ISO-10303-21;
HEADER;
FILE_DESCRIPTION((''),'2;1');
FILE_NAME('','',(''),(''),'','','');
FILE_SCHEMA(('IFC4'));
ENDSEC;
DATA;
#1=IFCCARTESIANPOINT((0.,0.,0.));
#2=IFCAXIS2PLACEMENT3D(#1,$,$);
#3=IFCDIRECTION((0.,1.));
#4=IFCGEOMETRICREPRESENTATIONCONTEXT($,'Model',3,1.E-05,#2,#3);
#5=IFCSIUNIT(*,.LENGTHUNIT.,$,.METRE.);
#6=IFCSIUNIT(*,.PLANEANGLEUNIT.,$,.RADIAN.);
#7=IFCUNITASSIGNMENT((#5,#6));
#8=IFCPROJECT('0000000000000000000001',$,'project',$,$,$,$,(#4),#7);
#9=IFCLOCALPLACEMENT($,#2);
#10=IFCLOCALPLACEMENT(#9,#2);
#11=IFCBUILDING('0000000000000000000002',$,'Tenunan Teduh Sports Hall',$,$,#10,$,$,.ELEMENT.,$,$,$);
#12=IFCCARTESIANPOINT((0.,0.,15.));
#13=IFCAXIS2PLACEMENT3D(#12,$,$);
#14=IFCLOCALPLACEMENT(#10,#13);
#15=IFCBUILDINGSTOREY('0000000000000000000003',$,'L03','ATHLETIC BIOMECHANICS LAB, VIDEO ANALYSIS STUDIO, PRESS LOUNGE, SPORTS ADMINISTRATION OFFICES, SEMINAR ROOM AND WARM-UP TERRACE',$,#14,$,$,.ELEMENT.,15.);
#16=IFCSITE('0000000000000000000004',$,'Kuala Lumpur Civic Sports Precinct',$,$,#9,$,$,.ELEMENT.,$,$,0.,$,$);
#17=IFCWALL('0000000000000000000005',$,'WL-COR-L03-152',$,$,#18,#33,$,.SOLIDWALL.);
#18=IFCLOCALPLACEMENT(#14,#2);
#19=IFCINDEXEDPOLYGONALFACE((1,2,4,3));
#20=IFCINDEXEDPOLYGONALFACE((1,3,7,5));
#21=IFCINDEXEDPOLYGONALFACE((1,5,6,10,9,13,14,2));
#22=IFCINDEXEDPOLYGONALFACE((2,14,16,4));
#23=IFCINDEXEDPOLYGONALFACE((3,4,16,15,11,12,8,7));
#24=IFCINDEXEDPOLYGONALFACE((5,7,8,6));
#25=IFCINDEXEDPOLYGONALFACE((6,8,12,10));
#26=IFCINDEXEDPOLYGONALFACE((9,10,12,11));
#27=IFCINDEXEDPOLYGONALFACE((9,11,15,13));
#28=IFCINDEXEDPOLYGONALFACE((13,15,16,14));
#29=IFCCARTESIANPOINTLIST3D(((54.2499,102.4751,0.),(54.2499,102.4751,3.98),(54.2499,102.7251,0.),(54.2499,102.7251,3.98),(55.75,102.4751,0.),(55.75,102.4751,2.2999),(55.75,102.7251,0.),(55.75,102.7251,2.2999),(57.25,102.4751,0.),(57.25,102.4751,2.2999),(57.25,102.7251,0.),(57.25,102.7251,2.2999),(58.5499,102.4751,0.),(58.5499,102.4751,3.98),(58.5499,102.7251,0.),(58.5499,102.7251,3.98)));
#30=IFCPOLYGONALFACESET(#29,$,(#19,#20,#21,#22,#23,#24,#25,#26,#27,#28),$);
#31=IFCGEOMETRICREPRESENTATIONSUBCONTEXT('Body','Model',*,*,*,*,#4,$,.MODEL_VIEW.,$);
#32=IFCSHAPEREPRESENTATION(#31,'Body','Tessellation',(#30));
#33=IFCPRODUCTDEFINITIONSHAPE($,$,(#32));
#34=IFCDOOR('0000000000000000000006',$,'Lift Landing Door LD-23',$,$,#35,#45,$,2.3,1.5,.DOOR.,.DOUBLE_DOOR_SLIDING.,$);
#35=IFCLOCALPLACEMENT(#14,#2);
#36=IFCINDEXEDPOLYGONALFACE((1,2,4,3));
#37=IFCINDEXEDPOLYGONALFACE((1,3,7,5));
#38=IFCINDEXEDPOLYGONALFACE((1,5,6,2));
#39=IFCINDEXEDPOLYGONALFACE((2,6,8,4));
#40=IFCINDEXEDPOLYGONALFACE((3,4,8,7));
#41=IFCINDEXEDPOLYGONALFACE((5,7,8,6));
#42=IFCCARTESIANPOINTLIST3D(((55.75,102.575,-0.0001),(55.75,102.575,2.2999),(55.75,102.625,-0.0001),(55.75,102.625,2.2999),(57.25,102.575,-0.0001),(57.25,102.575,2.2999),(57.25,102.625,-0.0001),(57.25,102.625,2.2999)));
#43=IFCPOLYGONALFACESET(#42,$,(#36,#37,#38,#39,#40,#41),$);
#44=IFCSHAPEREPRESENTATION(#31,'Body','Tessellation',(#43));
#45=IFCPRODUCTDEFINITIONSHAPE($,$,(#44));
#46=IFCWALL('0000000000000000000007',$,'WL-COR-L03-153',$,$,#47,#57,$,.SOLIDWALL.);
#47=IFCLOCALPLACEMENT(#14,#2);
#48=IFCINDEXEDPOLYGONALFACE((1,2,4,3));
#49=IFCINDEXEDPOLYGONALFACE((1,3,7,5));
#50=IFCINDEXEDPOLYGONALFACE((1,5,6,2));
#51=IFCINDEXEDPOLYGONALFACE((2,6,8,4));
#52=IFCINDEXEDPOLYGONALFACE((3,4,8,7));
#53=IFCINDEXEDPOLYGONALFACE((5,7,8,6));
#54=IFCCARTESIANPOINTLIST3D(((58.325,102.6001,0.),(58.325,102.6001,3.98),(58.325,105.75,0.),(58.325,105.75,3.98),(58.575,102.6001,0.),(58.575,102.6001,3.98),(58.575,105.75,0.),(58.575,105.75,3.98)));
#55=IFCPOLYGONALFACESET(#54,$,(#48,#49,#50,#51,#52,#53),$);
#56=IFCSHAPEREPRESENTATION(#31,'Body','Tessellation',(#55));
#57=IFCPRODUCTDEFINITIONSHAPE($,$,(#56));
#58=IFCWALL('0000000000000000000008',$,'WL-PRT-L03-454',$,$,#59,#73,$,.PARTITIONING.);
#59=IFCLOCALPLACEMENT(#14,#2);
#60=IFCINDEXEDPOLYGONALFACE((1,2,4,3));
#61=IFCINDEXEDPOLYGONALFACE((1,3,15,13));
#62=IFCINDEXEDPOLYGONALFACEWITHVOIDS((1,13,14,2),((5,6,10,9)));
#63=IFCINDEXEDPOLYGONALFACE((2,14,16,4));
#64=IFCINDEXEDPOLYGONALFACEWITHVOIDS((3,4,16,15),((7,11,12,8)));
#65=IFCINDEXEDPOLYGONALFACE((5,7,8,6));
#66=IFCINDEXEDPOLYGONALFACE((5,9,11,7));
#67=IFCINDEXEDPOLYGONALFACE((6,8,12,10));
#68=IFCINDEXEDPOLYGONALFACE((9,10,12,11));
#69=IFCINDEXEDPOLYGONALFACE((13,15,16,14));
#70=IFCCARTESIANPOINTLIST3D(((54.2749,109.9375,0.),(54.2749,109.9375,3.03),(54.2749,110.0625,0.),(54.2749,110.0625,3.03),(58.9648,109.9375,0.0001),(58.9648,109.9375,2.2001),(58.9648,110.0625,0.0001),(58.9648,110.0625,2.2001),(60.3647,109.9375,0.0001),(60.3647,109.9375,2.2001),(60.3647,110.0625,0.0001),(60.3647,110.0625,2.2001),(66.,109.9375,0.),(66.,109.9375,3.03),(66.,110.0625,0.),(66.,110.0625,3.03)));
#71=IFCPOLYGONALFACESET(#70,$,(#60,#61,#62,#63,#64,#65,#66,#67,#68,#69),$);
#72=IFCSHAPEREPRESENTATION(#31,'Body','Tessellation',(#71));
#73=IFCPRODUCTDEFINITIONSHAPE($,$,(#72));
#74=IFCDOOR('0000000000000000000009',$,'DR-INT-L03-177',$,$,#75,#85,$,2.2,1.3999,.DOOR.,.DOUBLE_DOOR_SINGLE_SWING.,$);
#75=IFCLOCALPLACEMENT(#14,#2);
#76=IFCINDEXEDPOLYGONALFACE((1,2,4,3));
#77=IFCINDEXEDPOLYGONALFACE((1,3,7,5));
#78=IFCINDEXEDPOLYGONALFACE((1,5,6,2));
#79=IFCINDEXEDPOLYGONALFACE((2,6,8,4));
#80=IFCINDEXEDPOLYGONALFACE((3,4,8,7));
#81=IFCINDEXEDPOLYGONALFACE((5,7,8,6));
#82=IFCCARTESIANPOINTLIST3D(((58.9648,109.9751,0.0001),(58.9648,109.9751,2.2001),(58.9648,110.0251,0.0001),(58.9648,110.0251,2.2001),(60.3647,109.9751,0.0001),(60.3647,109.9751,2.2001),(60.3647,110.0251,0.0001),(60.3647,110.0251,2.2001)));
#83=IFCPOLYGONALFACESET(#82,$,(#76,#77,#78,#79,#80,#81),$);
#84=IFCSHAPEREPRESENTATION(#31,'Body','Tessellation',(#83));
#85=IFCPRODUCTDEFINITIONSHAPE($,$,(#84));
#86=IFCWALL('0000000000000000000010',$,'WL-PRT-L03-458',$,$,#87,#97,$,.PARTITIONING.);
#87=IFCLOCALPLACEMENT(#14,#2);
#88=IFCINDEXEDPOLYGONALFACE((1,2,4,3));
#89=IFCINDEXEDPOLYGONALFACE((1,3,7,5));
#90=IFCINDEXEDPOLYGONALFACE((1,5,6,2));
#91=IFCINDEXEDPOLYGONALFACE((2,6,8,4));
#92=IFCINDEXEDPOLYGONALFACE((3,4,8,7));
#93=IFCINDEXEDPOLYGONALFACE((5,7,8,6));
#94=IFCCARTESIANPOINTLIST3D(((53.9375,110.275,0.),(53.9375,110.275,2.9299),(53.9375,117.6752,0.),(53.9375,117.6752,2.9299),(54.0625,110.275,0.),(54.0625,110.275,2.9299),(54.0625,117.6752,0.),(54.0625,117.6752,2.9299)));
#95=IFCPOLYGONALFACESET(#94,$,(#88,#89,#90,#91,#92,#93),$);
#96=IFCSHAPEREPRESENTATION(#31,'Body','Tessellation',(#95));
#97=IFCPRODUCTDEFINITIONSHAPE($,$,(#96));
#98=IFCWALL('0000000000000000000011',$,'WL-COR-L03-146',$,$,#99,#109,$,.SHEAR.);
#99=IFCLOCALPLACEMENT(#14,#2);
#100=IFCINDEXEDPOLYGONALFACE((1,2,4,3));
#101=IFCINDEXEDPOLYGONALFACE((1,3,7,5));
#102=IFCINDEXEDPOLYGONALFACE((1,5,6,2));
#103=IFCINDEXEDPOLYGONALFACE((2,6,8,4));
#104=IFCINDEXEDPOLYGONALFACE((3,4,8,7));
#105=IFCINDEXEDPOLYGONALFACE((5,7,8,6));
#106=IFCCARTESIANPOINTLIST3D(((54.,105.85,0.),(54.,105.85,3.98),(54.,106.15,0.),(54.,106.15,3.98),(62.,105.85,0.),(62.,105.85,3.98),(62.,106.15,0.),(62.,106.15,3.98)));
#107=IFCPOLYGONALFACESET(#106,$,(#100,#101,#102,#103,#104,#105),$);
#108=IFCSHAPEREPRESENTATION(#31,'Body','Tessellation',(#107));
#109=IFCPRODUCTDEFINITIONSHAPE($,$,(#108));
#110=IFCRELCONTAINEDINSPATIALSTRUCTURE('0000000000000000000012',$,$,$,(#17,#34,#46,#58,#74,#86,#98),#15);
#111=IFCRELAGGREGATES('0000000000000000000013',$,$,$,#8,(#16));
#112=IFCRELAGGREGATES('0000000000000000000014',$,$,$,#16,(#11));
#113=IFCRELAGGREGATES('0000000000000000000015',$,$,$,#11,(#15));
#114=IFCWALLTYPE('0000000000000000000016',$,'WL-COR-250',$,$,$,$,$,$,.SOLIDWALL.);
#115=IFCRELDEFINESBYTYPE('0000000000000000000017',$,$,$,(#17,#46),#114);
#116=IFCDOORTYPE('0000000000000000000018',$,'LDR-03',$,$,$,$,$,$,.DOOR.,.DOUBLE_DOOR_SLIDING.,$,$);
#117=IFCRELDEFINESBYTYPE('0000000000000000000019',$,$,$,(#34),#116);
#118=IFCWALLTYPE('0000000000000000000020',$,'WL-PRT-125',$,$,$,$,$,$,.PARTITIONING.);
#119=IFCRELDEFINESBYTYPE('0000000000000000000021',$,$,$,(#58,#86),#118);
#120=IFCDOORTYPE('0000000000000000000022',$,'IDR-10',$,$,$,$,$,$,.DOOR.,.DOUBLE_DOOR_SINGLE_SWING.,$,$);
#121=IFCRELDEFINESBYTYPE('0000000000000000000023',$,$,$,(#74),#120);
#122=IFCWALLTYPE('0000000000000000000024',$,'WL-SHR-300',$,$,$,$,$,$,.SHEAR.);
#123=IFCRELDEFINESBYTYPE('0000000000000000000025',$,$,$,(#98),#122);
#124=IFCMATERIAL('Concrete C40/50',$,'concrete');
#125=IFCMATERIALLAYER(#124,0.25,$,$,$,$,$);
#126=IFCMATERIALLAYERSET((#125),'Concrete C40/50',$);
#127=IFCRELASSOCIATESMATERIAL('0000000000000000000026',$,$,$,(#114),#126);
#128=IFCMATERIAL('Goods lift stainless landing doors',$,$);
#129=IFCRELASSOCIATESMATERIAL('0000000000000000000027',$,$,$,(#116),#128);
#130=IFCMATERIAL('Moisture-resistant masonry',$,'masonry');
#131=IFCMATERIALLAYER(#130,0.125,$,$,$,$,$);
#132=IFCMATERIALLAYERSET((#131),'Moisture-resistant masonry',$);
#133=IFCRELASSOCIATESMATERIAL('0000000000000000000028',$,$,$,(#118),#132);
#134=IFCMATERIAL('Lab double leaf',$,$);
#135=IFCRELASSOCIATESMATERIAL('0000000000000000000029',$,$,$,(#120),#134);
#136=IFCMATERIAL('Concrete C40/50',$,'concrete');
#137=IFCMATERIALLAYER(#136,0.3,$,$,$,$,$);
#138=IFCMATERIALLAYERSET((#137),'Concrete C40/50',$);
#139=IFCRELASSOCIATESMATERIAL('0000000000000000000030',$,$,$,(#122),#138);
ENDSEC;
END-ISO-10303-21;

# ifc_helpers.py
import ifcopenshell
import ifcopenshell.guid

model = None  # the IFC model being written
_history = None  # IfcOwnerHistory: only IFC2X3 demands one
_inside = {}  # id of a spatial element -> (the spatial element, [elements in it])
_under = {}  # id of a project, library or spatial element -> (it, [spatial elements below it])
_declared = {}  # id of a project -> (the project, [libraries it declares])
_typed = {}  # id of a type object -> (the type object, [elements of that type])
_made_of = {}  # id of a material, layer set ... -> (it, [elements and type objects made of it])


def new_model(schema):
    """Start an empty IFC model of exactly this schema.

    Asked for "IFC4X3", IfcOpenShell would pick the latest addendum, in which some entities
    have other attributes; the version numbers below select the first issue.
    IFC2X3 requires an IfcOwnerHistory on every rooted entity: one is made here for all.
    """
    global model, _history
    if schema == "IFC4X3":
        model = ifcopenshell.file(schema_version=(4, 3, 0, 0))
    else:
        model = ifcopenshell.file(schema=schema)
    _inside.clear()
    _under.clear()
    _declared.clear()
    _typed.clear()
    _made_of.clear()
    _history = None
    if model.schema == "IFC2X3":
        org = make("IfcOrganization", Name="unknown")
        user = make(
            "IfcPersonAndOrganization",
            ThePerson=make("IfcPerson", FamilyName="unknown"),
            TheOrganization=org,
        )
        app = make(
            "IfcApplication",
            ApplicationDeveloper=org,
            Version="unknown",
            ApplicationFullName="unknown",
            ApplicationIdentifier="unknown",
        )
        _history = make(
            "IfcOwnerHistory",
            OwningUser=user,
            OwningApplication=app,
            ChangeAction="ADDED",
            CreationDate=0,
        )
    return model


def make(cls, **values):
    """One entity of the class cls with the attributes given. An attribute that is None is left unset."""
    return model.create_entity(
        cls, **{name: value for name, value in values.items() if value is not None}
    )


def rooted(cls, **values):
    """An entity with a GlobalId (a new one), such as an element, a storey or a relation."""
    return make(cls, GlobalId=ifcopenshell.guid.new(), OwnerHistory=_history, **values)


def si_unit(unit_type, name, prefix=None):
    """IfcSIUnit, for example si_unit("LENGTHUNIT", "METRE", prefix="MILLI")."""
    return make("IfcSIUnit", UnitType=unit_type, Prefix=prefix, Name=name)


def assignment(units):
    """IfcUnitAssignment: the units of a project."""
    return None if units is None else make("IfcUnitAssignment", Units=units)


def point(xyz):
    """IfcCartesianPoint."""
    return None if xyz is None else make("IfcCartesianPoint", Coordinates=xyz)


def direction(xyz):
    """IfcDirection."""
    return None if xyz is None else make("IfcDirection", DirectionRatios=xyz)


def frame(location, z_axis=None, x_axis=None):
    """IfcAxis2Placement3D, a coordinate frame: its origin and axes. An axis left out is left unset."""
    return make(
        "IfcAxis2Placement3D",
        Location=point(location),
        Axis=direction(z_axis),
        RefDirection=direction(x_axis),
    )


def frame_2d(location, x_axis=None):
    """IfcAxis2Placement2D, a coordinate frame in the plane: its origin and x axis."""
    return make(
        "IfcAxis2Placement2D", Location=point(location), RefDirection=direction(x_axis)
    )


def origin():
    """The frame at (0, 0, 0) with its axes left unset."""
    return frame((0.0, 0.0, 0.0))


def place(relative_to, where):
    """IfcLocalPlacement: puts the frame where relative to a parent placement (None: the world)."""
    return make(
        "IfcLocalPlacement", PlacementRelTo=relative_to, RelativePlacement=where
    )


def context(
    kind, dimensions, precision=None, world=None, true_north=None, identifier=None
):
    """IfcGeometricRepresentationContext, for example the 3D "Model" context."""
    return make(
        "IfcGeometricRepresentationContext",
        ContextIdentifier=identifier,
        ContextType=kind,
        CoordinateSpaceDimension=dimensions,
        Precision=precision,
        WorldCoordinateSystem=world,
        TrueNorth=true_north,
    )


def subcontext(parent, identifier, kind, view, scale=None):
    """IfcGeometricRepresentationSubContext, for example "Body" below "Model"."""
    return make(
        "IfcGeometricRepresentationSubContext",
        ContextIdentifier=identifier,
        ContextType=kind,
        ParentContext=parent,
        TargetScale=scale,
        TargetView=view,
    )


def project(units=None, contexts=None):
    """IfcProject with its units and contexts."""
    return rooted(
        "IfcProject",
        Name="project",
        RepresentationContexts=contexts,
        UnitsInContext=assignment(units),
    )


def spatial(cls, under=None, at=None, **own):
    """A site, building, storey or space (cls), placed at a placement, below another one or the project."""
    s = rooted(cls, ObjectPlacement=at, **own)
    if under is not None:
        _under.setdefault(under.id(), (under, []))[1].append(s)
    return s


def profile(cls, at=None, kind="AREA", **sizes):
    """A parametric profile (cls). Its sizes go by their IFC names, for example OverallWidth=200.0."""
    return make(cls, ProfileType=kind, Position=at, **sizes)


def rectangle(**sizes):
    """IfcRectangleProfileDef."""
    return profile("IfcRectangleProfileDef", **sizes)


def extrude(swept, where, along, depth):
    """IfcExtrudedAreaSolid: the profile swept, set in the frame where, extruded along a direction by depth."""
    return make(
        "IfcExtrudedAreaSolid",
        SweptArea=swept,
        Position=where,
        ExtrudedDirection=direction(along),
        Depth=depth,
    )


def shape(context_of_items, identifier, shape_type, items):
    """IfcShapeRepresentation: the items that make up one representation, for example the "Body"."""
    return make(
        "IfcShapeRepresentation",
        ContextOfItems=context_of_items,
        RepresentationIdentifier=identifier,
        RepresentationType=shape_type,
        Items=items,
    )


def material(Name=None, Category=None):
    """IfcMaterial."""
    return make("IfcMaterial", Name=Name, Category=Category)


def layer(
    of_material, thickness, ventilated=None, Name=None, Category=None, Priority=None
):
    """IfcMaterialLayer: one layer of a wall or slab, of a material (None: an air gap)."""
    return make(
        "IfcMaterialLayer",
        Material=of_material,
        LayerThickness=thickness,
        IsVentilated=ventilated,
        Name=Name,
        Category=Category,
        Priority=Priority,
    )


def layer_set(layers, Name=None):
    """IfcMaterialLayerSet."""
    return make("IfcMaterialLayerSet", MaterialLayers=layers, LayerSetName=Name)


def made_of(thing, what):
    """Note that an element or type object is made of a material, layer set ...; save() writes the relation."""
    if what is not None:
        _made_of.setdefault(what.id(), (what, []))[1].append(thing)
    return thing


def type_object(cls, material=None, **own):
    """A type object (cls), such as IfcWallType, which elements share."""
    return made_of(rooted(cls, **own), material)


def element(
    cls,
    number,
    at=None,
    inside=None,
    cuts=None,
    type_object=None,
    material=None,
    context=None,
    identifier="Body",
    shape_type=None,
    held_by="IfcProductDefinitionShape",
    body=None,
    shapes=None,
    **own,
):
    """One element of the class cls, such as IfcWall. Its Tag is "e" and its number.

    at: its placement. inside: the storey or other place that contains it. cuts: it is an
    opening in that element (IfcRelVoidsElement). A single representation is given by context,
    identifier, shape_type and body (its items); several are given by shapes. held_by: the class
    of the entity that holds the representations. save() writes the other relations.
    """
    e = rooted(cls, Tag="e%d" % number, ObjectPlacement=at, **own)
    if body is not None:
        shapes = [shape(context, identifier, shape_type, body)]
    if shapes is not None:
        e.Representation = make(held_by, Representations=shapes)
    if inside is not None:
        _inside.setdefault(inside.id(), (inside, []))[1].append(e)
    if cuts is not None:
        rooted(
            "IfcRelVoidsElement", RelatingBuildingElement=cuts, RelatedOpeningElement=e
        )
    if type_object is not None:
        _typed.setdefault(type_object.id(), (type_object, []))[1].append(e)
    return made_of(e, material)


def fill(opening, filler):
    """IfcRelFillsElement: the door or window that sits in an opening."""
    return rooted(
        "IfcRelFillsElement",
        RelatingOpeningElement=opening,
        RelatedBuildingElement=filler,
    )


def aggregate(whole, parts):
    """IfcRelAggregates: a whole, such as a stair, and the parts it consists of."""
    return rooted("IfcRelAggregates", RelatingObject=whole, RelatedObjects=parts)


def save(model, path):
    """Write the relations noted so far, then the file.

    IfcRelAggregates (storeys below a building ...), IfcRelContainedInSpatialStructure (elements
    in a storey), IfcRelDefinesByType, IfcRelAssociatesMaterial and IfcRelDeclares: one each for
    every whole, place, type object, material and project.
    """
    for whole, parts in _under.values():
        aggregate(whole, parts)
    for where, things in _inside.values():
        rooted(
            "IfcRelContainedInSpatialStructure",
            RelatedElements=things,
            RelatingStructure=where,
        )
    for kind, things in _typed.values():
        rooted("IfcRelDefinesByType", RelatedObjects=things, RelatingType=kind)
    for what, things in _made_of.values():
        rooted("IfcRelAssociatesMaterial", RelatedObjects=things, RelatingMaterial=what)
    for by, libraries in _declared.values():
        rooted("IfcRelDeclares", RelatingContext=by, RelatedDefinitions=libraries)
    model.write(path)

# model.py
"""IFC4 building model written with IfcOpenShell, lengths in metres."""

from ifc_helpers import new_model, si_unit, direction, frame, frame_2d, origin, place, context, subcontext, project, spatial, rectangle, extrude, material, layer, layer_set, type_object, element, fill, save


model = new_model("IFC4")

# Units and contexts
model_context = context("Model", 3, precision=1e-05, world=origin(), true_north=direction((0.0, 1.0)))
body_context = subcontext(model_context, "Body", "Model", "MODEL_VIEW")
ifc_project = project(units=[si_unit("LENGTHUNIT", "METRE"), si_unit("PLANEANGLEUNIT", "RADIAN")], contexts=[model_context])

# Site, building, storey
site_placement = place(None, origin())
site = spatial("IfcSite", under=ifc_project, at=site_placement, Name="Kuala Lumpur Civic Sports Precinct", CompositionType="ELEMENT", RefElevation=0.0)
building_placement = place(site_placement, origin())
building = spatial("IfcBuilding", under=site, at=building_placement, Name="Tenunan Teduh Sports Hall", CompositionType="ELEMENT")
storey_placement = place(building_placement, frame((0.0, 0.0, 15.0)))
storey = spatial("IfcBuildingStorey", under=building, at=storey_placement, Name="L03", Description="ATHLETIC BIOMECHANICS LAB, VIDEO ANALYSIS STUDIO, PRESS LOUNGE, SPORTS ADMINISTRATION OFFICES, SEMINAR ROOM AND WARM-UP TERRACE", CompositionType="ELEMENT", Elevation=15.0)

# Wall, opening, door
ifc_material_1 = material(Name="Concrete C40/50", Category="concrete")
ifc_layer_1 = layer(ifc_material_1, 0.25)
ifc_layer_set_1 = layer_set([ifc_layer_1], Name="Concrete C40/50")
wall_type_1 = type_object("IfcWallType", Name="WL-COR-250", PredefinedType="SOLIDWALL", material=ifc_layer_set_1)
wall_1_placement = place(storey_placement, frame((54.25, 102.6001, 0.0), z_axis=(0.0, 0.0, 1.0), x_axis=(1.0, 0.0, 0.0)))
wall_1 = element("IfcWall", 1, at=wall_1_placement, inside=storey, type_object=wall_type_1, Name="WL-COR-L03-152", PredefinedType="SOLIDWALL", context=body_context, shape_type="SweptSolid", body=[
    extrude(rectangle(XDim=4.3, YDim=0.25, at=frame_2d((2.1499, 0.0))), origin(), (0.0, 0.0, 1.0), 3.98),
])
opening_1_placement = place(wall_1_placement, frame((1.5, 0.0, 0.0)))
opening_1 = element("IfcOpeningElement", 2, at=opening_1_placement, cuts=wall_1, PredefinedType="OPENING", context=body_context, shape_type="SweptSolid", body=[
    extrude(rectangle(XDim=1.5, YDim=2.3, at=frame_2d((0.75, 1.1499))), frame((0.0, 0.135, 0.0), z_axis=(0.0, -1.0, 0.0), x_axis=(1.0, 0.0, 0.0)), (0.0, 0.0, 1.0), 0.27),
])
ifc_material_2 = material(Name="Goods lift stainless landing doors")
door_type_1 = type_object("IfcDoorType", Name="LDR-03", OperationType="DOUBLE_DOOR_SLIDING", PredefinedType="DOOR", material=ifc_material_2)
door_1_placement = place(opening_1_placement, origin())
door_1 = element("IfcDoor", 3, at=door_1_placement, inside=storey, type_object=door_type_1, Name="Lift Landing Door LD-23", OperationType="DOUBLE_DOOR_SLIDING", OverallHeight=2.3, OverallWidth=1.5, PredefinedType="DOOR", context=body_context, shape_type="SweptSolid", body=[
    extrude(rectangle(XDim=1.5, YDim=2.3, at=frame_2d((0.75, 1.1499))), frame((0.0, 0.0249, 0.0), z_axis=(0.0, -1.0, 0.0), x_axis=(1.0, 0.0, 0.0)), (0.0, 0.0, 1.0), 0.05),
])
fill(opening_1, door_1)

# Wall
wall_2_placement = place(storey_placement, frame((58.45, 102.6001, 0.0), z_axis=(0.0, 0.0, 1.0), x_axis=(0.0, 1.0, 0.0)))
element("IfcWall", 4, at=wall_2_placement, inside=storey, type_object=wall_type_1, Name="WL-COR-L03-153", PredefinedType="SOLIDWALL", context=body_context, shape_type="SweptSolid", body=[
    extrude(rectangle(XDim=3.1499, YDim=0.25, at=frame_2d((1.575, 0.0))), origin(), (0.0, 0.0, 1.0), 3.98),
])

# Wall, opening, door
ifc_material_3 = material(Name="Moisture-resistant masonry", Category="masonry")
ifc_layer_2 = layer(ifc_material_3, 0.125)
ifc_layer_set_2 = layer_set([ifc_layer_2], Name="Moisture-resistant masonry")
wall_type_2 = type_object("IfcWallType", Name="WL-PRT-125", PredefinedType="PARTITIONING", material=ifc_layer_set_2)
wall_3_placement = place(storey_placement, frame((54.2749, 110.0, 0.0), z_axis=(0.0, 0.0, 1.0), x_axis=(1.0, 0.0, 0.0)))
wall_3 = element("IfcWall", 5, at=wall_3_placement, inside=storey, type_object=wall_type_2, Name="WL-PRT-L03-454", PredefinedType="PARTITIONING", context=body_context, shape_type="SweptSolid", body=[
    extrude(rectangle(XDim=11.7251, YDim=0.125, at=frame_2d((5.8625, 0.0))), origin(), (0.0, 0.0, 1.0), 3.03),
])
opening_2_placement = place(wall_3_placement, frame((4.6899, 0.0, 0.0)))
opening_2 = element("IfcOpeningElement", 6, at=opening_2_placement, cuts=wall_3, PredefinedType="OPENING", context=body_context, shape_type="SweptSolid", body=[
    extrude(rectangle(XDim=1.3999, YDim=2.2, at=frame_2d((0.7, 1.1001))), frame((0.0, 0.0725, 0.0), z_axis=(0.0, -1.0, 0.0), x_axis=(1.0, 0.0, 0.0)), (0.0, 0.0, 1.0), 0.145),
])
ifc_material_4 = material(Name="Lab double leaf")
door_type_2 = type_object("IfcDoorType", Name="IDR-10", OperationType="DOUBLE_DOOR_SINGLE_SWING", PredefinedType="DOOR", material=ifc_material_4)
door_2_placement = place(opening_2_placement, frame((1.3999, 0.0, 0.0), z_axis=(0.0, 0.0, 1.0), x_axis=(-1.0, 0.0, 0.0)))
door_2 = element("IfcDoor", 7, at=door_2_placement, inside=storey, type_object=door_type_2, Name="DR-INT-L03-177", OperationType="DOUBLE_DOOR_SINGLE_SWING", OverallHeight=2.2, OverallWidth=1.3999, PredefinedType="DOOR", context=body_context, shape_type="SweptSolid", body=[
    extrude(rectangle(XDim=1.3999, YDim=2.2, at=frame_2d((0.7, 1.1001))), frame((0.0, 0.0249, 0.0), z_axis=(0.0, -1.0, 0.0), x_axis=(1.0, 0.0, 0.0)), (0.0, 0.0, 1.0), 0.05),
])
fill(opening_2, door_2)

# Walls
wall_4_placement = place(storey_placement, frame((54.0, 110.2749, 0.0), z_axis=(0.0, 0.0, 1.0), x_axis=(0.0, 1.0, 0.0)))
element("IfcWall", 8, at=wall_4_placement, inside=storey, type_object=wall_type_2, Name="WL-PRT-L03-458", PredefinedType="PARTITIONING", context=body_context, shape_type="SweptSolid", body=[
    extrude(rectangle(XDim=7.4001, YDim=0.125, at=frame_2d((3.7002, 0.0))), origin(), (0.0, 0.0, 1.0), 2.9299),
])
ifc_material_5 = material(Name="Concrete C40/50", Category="concrete")
ifc_layer_3 = layer(ifc_material_5, 0.3)
ifc_layer_set_3 = layer_set([ifc_layer_3], Name="Concrete C40/50")
wall_type_3 = type_object("IfcWallType", Name="WL-SHR-300", PredefinedType="SHEAR", material=ifc_layer_set_3)
wall_5_placement = place(storey_placement, frame((54.0, 106.0, 0.0), z_axis=(0.0, 0.0, 1.0), x_axis=(1.0, 0.0, 0.0)))
element("IfcWall", 9, at=wall_5_placement, inside=storey, type_object=wall_type_3, Name="WL-COR-L03-146", PredefinedType="SHEAR", context=body_context, shape_type="SweptSolid", body=[
    extrude(rectangle(XDim=8.0, YDim=0.3, at=frame_2d((4.0, 0.0))), origin(), (0.0, 0.0, 1.0), 3.98),
])

save(model, "model.ifc")
